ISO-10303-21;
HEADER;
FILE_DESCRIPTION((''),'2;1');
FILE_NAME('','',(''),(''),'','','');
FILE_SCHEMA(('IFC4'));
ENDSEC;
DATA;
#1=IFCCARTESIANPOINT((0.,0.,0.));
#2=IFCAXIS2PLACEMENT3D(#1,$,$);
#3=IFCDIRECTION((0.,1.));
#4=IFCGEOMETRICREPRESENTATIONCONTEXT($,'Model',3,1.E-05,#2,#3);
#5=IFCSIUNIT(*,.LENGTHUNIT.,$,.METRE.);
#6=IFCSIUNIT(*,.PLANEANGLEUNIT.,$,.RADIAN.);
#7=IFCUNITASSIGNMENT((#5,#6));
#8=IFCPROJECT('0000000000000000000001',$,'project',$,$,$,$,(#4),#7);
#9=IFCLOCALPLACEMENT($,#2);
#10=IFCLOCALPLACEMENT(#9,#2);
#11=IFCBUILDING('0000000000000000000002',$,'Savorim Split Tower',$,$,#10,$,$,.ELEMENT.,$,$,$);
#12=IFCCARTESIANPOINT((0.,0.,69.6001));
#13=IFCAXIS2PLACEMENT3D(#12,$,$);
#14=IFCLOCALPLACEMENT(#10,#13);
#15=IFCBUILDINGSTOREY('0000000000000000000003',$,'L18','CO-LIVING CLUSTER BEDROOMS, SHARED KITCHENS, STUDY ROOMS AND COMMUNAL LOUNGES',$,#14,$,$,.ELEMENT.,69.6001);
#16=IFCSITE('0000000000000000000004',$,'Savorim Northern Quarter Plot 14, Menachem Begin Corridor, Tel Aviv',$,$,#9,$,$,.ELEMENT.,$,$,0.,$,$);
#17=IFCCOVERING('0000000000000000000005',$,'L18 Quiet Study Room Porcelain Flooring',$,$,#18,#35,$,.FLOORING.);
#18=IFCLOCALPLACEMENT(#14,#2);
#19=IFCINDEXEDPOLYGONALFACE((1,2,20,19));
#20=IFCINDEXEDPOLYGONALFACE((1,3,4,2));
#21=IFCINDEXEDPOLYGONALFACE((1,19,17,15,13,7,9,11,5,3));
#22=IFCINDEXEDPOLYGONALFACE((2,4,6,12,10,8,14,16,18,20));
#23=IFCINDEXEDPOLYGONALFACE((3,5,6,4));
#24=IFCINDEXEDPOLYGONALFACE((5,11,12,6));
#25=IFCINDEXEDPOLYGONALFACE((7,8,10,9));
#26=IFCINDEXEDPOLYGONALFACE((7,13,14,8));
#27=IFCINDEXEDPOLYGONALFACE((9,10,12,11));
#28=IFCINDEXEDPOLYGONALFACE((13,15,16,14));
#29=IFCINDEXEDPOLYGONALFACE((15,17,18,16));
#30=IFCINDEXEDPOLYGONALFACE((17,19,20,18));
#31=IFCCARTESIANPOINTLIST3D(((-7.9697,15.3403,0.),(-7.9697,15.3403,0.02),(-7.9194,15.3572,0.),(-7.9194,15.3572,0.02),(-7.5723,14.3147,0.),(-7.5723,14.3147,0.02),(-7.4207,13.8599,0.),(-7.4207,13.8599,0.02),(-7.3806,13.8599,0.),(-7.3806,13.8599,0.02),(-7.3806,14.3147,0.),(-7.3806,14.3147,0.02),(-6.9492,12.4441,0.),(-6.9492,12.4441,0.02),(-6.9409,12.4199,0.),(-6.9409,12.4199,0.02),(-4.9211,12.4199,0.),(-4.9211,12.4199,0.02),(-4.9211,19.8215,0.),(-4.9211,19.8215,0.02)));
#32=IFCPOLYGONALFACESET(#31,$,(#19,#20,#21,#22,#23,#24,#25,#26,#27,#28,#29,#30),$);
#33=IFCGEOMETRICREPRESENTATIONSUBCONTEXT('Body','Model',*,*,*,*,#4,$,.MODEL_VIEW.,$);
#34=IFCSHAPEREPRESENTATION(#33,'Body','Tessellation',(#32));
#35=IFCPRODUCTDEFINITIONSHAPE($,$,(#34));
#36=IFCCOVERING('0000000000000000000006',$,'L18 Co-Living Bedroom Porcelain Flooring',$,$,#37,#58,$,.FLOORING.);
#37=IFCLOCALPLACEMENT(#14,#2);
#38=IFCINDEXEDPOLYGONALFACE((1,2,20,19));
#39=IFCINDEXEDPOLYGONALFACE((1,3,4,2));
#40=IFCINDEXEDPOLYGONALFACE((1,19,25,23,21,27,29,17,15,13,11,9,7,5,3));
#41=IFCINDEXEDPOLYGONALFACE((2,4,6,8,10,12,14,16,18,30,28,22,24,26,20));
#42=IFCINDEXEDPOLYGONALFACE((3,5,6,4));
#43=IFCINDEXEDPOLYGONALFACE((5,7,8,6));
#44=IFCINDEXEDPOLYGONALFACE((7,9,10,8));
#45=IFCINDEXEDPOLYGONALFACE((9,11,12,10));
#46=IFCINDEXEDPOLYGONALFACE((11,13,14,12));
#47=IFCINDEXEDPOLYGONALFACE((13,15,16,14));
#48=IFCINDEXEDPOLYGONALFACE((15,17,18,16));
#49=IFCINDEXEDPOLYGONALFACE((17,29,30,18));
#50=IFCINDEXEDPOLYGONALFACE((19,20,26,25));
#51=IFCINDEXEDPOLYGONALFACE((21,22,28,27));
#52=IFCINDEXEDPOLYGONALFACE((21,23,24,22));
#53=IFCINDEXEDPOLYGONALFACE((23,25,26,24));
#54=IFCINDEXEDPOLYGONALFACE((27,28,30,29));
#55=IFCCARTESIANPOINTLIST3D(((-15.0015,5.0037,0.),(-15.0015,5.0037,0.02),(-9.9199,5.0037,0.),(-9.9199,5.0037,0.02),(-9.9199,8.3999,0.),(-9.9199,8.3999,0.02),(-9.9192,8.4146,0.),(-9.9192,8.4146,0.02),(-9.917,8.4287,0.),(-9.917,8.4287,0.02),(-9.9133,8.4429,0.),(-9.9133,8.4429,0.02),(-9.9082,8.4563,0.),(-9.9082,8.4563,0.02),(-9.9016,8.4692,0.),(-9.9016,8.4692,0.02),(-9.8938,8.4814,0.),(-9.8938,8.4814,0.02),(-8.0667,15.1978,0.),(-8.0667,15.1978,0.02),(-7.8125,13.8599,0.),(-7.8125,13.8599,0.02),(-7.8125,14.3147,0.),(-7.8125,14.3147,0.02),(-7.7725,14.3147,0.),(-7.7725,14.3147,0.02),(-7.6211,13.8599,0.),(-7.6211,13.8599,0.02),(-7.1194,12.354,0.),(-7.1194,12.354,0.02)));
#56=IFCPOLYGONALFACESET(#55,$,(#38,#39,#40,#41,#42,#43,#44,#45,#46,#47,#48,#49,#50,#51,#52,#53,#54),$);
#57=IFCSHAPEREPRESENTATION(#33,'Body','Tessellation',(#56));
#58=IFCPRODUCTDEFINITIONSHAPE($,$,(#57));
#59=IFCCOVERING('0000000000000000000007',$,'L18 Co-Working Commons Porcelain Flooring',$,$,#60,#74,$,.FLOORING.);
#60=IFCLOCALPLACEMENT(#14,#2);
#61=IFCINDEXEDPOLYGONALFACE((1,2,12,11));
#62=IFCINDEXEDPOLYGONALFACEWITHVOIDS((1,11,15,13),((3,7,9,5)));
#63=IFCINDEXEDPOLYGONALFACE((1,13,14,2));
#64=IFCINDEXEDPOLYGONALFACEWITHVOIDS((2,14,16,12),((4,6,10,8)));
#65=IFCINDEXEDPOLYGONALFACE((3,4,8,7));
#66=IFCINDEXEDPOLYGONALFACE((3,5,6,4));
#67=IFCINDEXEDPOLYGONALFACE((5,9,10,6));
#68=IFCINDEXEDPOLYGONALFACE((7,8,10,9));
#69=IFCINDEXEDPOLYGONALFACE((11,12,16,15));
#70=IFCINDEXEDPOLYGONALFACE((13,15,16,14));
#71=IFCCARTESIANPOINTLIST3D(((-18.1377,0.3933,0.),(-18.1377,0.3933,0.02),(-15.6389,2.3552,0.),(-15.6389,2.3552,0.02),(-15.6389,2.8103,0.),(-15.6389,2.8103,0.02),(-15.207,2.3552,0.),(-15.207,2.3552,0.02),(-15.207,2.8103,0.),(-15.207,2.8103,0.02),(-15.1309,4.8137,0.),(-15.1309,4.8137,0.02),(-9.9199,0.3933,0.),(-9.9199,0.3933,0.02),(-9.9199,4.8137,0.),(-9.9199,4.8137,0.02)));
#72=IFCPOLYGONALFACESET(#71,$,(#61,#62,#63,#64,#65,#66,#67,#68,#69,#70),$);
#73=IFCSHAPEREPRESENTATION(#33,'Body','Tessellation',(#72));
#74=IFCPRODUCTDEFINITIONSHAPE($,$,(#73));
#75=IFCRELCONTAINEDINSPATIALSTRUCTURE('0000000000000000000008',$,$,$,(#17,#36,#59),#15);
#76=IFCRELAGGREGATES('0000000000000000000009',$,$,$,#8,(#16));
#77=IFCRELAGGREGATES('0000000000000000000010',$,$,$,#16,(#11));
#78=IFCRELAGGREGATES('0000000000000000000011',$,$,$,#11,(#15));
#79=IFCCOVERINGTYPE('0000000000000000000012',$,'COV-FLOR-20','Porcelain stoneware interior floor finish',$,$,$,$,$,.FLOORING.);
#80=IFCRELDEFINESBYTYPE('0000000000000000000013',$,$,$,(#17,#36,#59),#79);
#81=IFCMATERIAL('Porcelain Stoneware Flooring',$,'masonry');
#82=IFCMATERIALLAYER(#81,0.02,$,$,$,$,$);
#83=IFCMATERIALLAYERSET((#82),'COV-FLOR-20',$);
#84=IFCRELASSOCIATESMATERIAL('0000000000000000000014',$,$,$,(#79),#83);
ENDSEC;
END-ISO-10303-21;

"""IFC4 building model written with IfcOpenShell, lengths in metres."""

from ifc_helpers import new_model, si_unit, direction, frame, origin, place, context, subcontext, project, spatial, polyline, outline, extrude, material, layer, layer_set, type_object, element, save


model = new_model("IFC4")

# Units and contexts
model_context = context("Model", 3, precision=1e-05, world=origin(), true_north=direction((0.0, 1.0)))
body_context = subcontext(model_context, "Body", "Model", "MODEL_VIEW")
ifc_project = project(units=[si_unit("LENGTHUNIT", "METRE"), si_unit("PLANEANGLEUNIT", "RADIAN")], contexts=[model_context])

# Site, building, storey
site_placement = place(None, origin())
site = spatial("IfcSite", under=ifc_project, at=site_placement, Name="Savorim Northern Quarter Plot 14, Menachem Begin Corridor, Tel Aviv", CompositionType="ELEMENT", RefElevation=0.0)
building_placement = place(site_placement, origin())
building = spatial("IfcBuilding", under=site, at=building_placement, Name="Savorim Split Tower", CompositionType="ELEMENT")
storey_placement = place(building_placement, frame((0.0, 0.0, 69.6001)))
storey = spatial("IfcBuildingStorey", under=building, at=storey_placement, Name="L18", Description="CO-LIVING CLUSTER BEDROOMS, SHARED KITCHENS, STUDY ROOMS AND COMMUNAL LOUNGES", CompositionType="ELEMENT", Elevation=69.6001)

# Coverings
ifc_material_1 = material(Name="Porcelain Stoneware Flooring", Category="masonry")
ifc_layer_1 = layer(ifc_material_1, 0.02)
ifc_layer_set_1 = layer_set([ifc_layer_1], Name="COV-FLOR-20")
covering_type_1 = type_object("IfcCoveringType", Name="COV-FLOR-20", Description="Porcelain stoneware interior floor finish", PredefinedType="FLOORING", material=ifc_layer_set_1)
covering_1_placement = place(storey_placement, origin())
element("IfcCovering", 1, at=covering_1_placement, inside=storey, type_object=covering_type_1, Name="L18 Quiet Study Room Porcelain Flooring", PredefinedType="FLOORING", context=body_context, shape_type="SweptSolid", body=[
    extrude(outline(polyline([(-7.4207, 13.8599), (-6.9492, 12.4441), (-6.9409, 12.4199), (-4.9211, 12.4199), (-4.9211, 19.8215), (-7.9697, 15.3403), (-7.9194, 15.3572), (-7.5723, 14.3147), (-7.3806, 14.3147), (-7.3806, 13.8599), (-7.4207, 13.8599)])), origin(), (0.0, 0.0, 1.0), 0.02),
])
covering_2_placement = place(storey_placement, origin())
element("IfcCovering", 2, at=covering_2_placement, inside=storey, type_object=covering_type_1, Name="L18 Co-Living Bedroom Porcelain Flooring", PredefinedType="FLOORING", context=body_context, shape_type="SweptSolid", body=[
    extrude(outline(polyline([(-9.9016, 8.4692), (-9.8938, 8.4814), (-7.1194, 12.354), (-7.6211, 13.8599), (-7.8125, 13.8599), (-7.8125, 14.3147), (-7.7725, 14.3147), (-8.0667, 15.1978), (-15.0015, 5.0037), (-9.9199, 5.0037), (-9.9199, 8.3999), (-9.9192, 8.4146), (-9.917, 8.4287), (-9.9133, 8.4429), (-9.9082, 8.4563), (-9.9016, 8.4692)])), origin(), (0.0, 0.0, 1.0), 0.02),
])
covering_3_placement = place(storey_placement, origin())
element("IfcCovering", 3, at=covering_3_placement, inside=storey, type_object=covering_type_1, Name="L18 Co-Working Commons Porcelain Flooring", PredefinedType="FLOORING", context=body_context, shape_type="SweptSolid", body=[
    extrude(outline(polyline([(-15.1309, 4.8137), (-18.1377, 0.3933), (-9.9199, 0.3933), (-9.9199, 4.8137), (-15.1309, 4.8137)]), holes=[polyline([(-15.6389, 2.8103), (-15.6389, 2.3552), (-15.207, 2.3552), (-15.207, 2.8103), (-15.6389, 2.8103)])]), origin(), (0.0, 0.0, 1.0), 0.02),
])

save(model, "model.ifc")
